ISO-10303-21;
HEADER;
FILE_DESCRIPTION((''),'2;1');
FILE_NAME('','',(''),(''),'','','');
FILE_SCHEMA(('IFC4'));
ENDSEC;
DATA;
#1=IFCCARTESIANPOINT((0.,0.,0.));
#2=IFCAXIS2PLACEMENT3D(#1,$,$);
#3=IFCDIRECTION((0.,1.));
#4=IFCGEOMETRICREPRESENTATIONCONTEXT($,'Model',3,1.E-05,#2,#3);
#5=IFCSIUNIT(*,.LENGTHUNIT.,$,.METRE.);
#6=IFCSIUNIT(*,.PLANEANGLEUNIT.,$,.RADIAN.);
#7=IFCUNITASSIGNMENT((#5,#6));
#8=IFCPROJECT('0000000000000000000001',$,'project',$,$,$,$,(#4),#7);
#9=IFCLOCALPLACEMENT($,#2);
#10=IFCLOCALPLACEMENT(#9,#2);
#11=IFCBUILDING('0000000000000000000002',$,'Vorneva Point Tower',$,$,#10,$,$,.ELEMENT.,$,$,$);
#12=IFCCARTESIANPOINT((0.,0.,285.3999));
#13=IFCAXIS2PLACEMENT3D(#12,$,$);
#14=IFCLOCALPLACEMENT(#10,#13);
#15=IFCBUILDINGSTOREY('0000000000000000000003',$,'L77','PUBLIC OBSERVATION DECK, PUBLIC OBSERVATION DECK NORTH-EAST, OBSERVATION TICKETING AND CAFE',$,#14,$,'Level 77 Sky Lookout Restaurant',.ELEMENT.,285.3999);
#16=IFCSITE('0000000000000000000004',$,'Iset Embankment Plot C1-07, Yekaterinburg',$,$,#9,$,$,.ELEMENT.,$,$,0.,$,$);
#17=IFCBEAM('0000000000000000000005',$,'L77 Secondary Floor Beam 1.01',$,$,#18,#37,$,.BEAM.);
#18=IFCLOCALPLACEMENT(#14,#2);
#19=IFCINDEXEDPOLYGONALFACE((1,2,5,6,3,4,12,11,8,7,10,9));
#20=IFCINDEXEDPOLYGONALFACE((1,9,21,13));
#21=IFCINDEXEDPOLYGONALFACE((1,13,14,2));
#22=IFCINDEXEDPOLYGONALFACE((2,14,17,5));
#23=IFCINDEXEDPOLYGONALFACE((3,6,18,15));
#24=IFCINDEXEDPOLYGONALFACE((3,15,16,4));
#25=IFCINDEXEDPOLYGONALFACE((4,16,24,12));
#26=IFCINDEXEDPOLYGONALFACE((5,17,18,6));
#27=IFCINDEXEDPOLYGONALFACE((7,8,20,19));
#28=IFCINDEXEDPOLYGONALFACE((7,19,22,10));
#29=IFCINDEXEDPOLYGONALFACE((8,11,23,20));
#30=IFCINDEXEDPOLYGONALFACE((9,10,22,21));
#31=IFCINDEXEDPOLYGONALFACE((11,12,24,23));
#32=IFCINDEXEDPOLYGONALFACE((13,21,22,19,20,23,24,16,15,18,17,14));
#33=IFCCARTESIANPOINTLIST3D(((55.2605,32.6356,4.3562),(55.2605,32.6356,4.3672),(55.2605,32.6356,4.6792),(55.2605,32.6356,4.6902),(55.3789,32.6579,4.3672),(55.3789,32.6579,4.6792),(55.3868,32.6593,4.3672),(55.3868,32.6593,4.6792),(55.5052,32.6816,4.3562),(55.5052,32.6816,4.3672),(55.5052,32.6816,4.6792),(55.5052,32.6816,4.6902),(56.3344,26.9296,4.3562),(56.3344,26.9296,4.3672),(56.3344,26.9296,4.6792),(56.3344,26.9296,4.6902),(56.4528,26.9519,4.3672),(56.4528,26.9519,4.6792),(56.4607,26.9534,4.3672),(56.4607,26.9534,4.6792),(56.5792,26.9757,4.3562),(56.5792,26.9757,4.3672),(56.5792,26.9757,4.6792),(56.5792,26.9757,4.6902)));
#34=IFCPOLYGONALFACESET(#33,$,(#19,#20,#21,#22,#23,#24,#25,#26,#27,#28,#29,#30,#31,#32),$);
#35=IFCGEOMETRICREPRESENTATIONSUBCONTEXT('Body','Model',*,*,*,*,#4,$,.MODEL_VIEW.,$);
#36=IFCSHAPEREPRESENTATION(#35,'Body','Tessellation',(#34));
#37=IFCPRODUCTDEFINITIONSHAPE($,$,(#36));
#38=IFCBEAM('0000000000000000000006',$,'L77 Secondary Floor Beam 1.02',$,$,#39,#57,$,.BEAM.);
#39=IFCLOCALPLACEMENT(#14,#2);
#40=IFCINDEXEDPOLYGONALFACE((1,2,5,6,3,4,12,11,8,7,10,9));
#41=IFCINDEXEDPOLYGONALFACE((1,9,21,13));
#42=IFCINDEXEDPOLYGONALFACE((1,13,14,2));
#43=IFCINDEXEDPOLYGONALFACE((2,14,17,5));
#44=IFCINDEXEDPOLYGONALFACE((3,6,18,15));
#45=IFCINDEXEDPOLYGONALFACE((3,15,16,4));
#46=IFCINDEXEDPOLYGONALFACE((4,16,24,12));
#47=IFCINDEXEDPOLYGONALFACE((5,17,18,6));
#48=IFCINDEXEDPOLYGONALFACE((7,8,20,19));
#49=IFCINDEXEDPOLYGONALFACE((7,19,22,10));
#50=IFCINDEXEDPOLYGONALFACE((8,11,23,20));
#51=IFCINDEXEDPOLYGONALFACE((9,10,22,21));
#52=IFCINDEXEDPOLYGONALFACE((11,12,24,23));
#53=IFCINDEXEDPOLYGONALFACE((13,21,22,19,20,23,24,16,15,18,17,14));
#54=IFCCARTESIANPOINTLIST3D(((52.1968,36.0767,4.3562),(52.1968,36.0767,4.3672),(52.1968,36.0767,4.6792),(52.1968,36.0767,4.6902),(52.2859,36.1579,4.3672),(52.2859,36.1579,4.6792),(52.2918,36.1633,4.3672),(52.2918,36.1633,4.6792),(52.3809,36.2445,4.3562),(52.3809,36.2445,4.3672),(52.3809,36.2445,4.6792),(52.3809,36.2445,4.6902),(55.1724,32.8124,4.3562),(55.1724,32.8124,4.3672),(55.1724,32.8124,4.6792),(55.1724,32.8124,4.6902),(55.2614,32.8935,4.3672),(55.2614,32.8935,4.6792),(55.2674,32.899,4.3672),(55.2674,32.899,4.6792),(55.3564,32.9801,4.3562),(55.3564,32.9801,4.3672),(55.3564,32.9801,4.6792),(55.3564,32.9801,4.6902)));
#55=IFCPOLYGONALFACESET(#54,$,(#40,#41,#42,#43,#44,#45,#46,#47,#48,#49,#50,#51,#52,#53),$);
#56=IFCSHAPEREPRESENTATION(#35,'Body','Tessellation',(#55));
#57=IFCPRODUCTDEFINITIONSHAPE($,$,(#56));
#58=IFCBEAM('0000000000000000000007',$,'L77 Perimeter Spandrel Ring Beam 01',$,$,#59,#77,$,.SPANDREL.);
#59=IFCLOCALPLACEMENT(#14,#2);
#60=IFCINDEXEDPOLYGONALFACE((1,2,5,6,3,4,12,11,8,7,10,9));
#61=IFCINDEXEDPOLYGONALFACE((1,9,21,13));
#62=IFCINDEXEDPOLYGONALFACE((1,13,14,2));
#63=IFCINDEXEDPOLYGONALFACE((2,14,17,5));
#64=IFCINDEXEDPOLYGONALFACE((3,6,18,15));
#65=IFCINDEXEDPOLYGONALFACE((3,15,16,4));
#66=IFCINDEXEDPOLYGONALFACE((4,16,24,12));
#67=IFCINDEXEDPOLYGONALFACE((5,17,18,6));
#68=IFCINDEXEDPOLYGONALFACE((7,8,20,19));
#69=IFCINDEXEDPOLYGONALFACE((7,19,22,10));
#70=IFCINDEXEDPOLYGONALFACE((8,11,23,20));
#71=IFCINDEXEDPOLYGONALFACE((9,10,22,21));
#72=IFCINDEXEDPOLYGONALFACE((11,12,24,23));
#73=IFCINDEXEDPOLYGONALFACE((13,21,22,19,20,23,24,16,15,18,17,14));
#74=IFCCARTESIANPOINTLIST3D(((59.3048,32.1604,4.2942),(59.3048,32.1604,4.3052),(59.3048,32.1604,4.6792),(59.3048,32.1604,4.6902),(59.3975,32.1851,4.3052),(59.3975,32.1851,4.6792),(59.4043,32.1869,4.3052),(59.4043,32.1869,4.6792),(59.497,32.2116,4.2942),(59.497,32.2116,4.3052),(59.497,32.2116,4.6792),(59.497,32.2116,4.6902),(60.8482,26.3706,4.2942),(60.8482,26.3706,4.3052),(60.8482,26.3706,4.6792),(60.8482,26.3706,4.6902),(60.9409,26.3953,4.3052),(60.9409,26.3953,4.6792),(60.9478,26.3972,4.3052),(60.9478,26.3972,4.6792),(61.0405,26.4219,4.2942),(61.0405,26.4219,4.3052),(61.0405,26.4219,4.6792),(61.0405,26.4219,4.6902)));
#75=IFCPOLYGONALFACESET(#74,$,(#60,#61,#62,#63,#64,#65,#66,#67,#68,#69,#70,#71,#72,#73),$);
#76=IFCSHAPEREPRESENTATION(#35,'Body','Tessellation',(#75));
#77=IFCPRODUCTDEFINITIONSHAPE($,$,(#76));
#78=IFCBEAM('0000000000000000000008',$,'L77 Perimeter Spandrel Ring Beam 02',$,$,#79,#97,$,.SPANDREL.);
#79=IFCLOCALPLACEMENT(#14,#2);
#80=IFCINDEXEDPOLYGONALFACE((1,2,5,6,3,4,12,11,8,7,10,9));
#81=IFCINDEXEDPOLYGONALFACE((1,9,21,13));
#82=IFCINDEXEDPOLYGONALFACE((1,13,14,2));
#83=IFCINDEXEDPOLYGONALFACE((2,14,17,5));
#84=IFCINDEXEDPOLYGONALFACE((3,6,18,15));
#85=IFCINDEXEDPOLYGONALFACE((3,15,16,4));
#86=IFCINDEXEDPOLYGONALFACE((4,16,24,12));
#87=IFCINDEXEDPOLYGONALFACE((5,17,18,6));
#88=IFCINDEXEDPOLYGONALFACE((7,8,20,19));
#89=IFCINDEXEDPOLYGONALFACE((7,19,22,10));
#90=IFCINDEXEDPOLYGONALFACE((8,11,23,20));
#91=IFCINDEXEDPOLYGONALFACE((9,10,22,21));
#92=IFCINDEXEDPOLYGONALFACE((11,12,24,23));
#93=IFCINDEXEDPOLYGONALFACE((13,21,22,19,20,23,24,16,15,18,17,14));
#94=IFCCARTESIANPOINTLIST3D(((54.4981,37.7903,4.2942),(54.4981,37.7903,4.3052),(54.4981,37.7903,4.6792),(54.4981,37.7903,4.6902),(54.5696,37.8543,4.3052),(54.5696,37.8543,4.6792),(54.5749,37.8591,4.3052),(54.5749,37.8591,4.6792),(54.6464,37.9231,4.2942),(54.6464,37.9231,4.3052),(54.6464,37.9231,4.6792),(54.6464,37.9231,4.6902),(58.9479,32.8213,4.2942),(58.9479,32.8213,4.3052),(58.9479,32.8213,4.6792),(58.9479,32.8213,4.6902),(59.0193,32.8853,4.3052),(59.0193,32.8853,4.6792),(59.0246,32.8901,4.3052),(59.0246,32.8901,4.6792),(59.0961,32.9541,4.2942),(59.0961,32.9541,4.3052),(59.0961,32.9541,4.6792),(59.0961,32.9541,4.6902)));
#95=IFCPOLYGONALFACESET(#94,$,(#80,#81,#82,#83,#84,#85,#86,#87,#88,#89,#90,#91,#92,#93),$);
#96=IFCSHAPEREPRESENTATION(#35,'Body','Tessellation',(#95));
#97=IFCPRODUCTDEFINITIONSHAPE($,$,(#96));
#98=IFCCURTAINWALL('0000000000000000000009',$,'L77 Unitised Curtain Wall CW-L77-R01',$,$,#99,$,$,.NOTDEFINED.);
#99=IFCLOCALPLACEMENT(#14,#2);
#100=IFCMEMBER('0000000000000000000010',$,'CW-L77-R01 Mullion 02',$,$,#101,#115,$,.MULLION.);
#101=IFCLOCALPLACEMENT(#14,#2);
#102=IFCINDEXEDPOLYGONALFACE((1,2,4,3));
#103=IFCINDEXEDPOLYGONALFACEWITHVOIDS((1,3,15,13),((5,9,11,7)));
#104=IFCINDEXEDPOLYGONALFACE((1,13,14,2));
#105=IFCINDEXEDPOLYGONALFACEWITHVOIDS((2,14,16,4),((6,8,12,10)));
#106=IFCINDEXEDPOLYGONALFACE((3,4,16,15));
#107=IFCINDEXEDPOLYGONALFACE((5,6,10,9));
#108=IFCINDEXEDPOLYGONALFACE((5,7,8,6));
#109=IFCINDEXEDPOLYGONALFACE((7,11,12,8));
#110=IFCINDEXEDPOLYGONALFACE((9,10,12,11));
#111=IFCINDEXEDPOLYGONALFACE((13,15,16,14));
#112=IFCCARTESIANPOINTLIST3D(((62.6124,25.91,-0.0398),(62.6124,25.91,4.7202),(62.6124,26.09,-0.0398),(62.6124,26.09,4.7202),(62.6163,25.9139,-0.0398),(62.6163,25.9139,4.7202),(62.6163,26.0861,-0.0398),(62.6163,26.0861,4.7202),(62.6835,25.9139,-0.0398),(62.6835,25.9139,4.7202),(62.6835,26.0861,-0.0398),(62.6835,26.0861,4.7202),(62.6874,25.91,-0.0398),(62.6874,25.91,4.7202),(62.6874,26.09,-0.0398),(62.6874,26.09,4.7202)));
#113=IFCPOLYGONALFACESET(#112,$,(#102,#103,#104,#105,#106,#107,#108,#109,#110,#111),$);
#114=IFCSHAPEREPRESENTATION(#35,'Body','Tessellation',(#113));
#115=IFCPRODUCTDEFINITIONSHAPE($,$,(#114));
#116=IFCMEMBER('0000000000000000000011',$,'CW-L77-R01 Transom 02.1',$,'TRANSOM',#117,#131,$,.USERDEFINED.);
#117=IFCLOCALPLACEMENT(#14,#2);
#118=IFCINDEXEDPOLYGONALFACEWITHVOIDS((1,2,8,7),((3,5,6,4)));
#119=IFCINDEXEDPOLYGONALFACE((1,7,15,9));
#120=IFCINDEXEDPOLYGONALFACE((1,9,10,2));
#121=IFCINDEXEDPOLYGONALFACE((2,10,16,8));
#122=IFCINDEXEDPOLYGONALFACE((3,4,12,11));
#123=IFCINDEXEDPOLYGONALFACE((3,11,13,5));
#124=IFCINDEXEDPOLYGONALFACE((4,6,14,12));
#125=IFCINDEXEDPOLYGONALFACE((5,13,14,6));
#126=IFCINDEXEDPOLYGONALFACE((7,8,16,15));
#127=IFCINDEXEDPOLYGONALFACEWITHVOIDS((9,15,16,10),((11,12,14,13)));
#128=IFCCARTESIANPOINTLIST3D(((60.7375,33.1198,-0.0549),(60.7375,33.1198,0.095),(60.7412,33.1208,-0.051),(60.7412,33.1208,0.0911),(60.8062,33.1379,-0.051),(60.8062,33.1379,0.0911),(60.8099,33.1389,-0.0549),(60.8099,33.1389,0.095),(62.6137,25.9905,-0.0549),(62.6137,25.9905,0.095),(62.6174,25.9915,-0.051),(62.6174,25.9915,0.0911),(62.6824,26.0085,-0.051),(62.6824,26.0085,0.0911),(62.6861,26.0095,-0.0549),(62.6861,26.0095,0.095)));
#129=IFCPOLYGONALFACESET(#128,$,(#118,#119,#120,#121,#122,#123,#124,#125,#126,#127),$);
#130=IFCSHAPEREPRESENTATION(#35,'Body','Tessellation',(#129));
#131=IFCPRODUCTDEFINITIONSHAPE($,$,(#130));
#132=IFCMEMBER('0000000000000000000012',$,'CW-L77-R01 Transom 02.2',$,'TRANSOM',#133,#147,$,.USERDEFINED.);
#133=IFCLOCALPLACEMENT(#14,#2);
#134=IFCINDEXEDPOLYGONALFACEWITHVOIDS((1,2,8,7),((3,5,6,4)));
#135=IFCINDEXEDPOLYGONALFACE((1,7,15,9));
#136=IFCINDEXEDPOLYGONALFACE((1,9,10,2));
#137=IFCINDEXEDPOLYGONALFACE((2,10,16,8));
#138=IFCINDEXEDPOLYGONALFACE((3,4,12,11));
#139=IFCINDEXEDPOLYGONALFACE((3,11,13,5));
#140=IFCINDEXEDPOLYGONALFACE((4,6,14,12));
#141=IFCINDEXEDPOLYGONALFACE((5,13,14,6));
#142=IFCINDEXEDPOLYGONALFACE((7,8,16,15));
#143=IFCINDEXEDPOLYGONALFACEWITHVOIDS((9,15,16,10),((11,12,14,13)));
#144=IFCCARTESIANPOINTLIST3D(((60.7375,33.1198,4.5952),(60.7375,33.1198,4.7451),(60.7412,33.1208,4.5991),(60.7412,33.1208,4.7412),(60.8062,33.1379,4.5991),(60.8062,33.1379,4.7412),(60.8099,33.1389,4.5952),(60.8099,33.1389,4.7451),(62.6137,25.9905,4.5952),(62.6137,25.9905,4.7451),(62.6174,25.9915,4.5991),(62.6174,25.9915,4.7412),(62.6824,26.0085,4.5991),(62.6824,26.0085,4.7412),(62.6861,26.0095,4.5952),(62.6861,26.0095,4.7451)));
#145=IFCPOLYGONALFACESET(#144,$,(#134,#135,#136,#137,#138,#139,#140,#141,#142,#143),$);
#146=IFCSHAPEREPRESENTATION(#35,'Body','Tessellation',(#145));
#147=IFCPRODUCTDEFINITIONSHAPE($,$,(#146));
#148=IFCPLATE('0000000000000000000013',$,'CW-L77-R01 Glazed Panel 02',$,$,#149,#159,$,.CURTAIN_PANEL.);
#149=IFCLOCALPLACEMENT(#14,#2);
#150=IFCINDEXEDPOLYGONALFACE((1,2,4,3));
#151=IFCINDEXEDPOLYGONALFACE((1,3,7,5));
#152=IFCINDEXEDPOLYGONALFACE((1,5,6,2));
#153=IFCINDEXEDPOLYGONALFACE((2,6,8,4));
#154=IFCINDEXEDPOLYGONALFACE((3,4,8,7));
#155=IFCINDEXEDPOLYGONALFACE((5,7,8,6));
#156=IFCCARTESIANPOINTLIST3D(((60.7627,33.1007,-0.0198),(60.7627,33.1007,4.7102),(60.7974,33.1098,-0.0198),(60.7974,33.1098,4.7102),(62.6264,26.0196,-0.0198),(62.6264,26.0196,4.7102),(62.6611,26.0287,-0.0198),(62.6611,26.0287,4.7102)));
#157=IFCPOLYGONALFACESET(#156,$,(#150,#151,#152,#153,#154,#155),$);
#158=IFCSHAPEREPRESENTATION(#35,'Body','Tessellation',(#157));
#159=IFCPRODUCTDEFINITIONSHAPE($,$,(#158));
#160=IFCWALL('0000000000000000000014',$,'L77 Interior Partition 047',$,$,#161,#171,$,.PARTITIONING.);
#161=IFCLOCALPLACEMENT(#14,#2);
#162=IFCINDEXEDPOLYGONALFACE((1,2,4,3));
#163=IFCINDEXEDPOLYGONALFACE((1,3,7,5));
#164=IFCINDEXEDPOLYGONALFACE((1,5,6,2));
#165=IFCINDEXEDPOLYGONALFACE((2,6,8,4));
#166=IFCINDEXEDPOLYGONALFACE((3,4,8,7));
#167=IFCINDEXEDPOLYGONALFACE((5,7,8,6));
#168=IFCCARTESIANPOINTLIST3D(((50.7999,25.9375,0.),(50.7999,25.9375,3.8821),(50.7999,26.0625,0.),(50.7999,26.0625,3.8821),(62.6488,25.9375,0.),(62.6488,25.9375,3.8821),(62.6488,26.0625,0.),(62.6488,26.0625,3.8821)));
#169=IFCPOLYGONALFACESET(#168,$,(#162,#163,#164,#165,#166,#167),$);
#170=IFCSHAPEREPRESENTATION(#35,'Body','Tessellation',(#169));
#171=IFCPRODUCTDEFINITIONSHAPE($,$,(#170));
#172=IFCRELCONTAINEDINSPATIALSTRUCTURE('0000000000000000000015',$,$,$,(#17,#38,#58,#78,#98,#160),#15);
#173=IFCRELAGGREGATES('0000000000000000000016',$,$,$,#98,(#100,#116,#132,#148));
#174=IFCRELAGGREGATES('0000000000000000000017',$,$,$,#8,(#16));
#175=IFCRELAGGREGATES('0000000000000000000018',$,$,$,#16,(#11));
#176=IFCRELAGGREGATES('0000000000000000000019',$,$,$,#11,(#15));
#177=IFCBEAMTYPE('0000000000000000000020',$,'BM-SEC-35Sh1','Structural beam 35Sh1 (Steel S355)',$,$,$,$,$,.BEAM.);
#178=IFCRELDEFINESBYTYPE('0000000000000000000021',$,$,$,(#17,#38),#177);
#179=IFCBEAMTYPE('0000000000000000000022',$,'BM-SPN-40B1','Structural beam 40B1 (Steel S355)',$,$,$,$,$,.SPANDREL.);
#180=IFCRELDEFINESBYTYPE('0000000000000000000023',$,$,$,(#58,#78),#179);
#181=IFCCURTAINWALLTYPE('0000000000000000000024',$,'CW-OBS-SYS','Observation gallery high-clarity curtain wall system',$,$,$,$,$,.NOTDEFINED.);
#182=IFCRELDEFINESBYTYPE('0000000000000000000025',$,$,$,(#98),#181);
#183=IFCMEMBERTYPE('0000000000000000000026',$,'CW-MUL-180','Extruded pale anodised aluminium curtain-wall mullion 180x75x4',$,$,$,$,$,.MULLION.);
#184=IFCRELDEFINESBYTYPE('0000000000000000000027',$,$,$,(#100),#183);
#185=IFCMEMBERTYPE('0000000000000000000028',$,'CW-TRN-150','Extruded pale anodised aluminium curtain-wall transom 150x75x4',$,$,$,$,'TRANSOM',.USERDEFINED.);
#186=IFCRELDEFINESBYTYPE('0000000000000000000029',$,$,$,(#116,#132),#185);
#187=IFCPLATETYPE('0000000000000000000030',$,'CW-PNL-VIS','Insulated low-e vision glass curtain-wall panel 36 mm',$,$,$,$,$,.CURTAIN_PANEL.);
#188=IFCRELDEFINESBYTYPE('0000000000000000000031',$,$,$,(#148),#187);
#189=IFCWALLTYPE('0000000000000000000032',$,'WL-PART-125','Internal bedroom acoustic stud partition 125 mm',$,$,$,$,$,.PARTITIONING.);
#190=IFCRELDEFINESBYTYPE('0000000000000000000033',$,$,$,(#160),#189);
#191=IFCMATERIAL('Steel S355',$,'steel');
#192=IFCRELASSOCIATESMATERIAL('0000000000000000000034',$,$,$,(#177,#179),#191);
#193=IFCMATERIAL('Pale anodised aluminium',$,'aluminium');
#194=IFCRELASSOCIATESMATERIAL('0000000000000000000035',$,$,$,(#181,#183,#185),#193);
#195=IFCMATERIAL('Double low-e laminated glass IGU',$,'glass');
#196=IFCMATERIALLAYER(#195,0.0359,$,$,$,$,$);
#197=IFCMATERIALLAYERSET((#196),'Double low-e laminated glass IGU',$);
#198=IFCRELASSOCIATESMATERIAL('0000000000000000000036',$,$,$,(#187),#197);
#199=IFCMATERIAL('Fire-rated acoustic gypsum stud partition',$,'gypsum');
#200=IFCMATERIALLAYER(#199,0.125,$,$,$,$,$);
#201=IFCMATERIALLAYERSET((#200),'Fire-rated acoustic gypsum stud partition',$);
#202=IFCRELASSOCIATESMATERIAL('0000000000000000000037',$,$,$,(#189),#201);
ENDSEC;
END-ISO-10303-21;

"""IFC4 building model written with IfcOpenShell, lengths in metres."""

from ifc_helpers import new_model, si_unit, direction, frame, frame_2d, origin, origin_2d, place, context, subcontext, project, spatial, rectangle, hollow_rectangle, i_section, extrude, material, layer, layer_set, material_profile, profile_set, type_object, element, aggregate, save


model = new_model("IFC4")

# Units and contexts
model_context = context("Model", 3, precision=1e-05, world=origin(), true_north=direction((0.0, 1.0)))
body_context = subcontext(model_context, "Body", "Model", "MODEL_VIEW")
ifc_project = project(units=[si_unit("LENGTHUNIT", "METRE"), si_unit("PLANEANGLEUNIT", "RADIAN")], contexts=[model_context])

# Site, building, storey
site_placement = place(None, origin())
site = spatial("IfcSite", under=ifc_project, at=site_placement, Name="Iset Embankment Plot C1-07, Yekaterinburg", CompositionType="ELEMENT", RefElevation=0.0)
building_placement = place(site_placement, origin())
building = spatial("IfcBuilding", under=site, at=building_placement, Name="Vorneva Point Tower", CompositionType="ELEMENT")
storey_placement = place(building_placement, frame((0.0, 0.0, 285.3999)))
storey = spatial("IfcBuildingStorey", under=building, at=storey_placement, Name="L77", Description="PUBLIC OBSERVATION DECK, PUBLIC OBSERVATION DECK NORTH-EAST, OBSERVATION TICKETING AND CAFE", LongName="Level 77 Sky Lookout Restaurant", CompositionType="ELEMENT", Elevation=285.3999)

# Beams
ifc_material_1 = material(Name="Steel S355", Category="steel")
ifc_material_profile_1 = material_profile(ifc_material_1, i_section(OverallWidth=0.249, OverallDepth=0.334, WebThickness=0.0081, FlangeThickness=0.011, at=origin_2d()), Name="35Sh1")
ifc_profile_set_1 = profile_set([ifc_material_profile_1], Name="Steel S355")
beam_type_1 = type_object("IfcBeamType", Name="BM-SEC-35Sh1", Description="Structural beam 35Sh1 (Steel S355)", PredefinedType="BEAM", material=ifc_profile_set_1)
beam_1_placement = place(storey_placement, frame((56.4568, 26.9526, 4.5232), z_axis=(-0.184969, 0.982744, 0.0), x_axis=(-0.982744, -0.184969, 0.0)))
element("IfcBeam", 1, at=beam_1_placement, inside=storey, type_object=beam_type_1, Name="L77 Secondary Floor Beam 1.01", PredefinedType="BEAM", context=body_context, shape_type="SweptSolid", body=[
    extrude(i_section(OverallWidth=0.249, OverallDepth=0.334, WebThickness=0.0081, FlangeThickness=0.011, at=origin_2d()), origin(), (0.0, 0.0, 1.0), 5.8062),
])
beam_2_placement = place(storey_placement, frame((55.2644, 32.8962, 4.5232), z_axis=(-0.673657, 0.739044, 0.0), x_axis=(-0.739044, -0.673657, 0.0)))
element("IfcBeam", 2, at=beam_2_placement, inside=storey, type_object=beam_type_1, Name="L77 Secondary Floor Beam 1.02", PredefinedType="BEAM", context=body_context, shape_type="SweptSolid", body=[
    extrude(i_section(OverallWidth=0.249, OverallDepth=0.334, WebThickness=0.0081, FlangeThickness=0.011, at=origin_2d()), origin(), (0.0, 0.0, 1.0), 4.417),
])
ifc_material_profile_2 = material_profile(ifc_material_1, i_section(OverallWidth=0.199, OverallDepth=0.396, WebThickness=0.0071, FlangeThickness=0.011, at=origin_2d()), Name="40B1")
ifc_profile_set_2 = profile_set([ifc_material_profile_2], Name="Steel S355")
beam_type_2 = type_object("IfcBeamType", Name="BM-SPN-40B1", Description="Structural beam 40B1 (Steel S355)", PredefinedType="SPANDREL", material=ifc_profile_set_2)
beam_3_placement = place(storey_placement, frame((60.9443, 26.3962, 4.4922), z_axis=(-0.257587, 0.966255, 0.0), x_axis=(-0.966255, -0.257587, 0.0)))
element("IfcBeam", 3, at=beam_3_placement, inside=storey, type_object=beam_type_2, Name="L77 Perimeter Spandrel Ring Beam 01", PredefinedType="SPANDREL", context=body_context, shape_type="SweptSolid", body=[
    extrude(i_section(OverallWidth=0.199, OverallDepth=0.396, WebThickness=0.0071, FlangeThickness=0.011, at=origin_2d()), origin(), (0.0, 0.0, 1.0), 5.9919),
])
beam_4_placement = place(storey_placement, frame((59.022, 32.8877, 4.4922), z_axis=(-0.667108, 0.744961, 0.0), x_axis=(-0.744961, -0.667108, 0.0)))
element("IfcBeam", 4, at=beam_4_placement, inside=storey, type_object=beam_type_2, Name="L77 Perimeter Spandrel Ring Beam 02", PredefinedType="SPANDREL", context=body_context, shape_type="SweptSolid", body=[
    extrude(i_section(OverallWidth=0.199, OverallDepth=0.396, WebThickness=0.0071, FlangeThickness=0.011, at=origin_2d()), origin(), (0.0, 0.0, 1.0), 6.6702),
])

# Curtain wall, members, plate
ifc_material_2 = material(Name="Pale anodised aluminium", Category="aluminium")
curtain_wall_type = type_object("IfcCurtainWallType", Name="CW-OBS-SYS", Description="Observation gallery high-clarity curtain wall system", PredefinedType="NOTDEFINED", material=ifc_material_2)
curtain_wall_placement = place(storey_placement, origin())
curtain_wall = element("IfcCurtainWall", 5, at=curtain_wall_placement, inside=storey, type_object=curtain_wall_type, Name="L77 Unitised Curtain Wall CW-L77-R01", PredefinedType="NOTDEFINED")
ifc_material_profile_3 = material_profile(ifc_material_2, hollow_rectangle(XDim=0.075, YDim=0.1799, WallThickness=0.0039, at=origin_2d()), Name="AL-MUL 180x75x4")
ifc_profile_set_3 = profile_set([ifc_material_profile_3], Name="Pale anodised aluminium")
member_type_1 = type_object("IfcMemberType", Name="CW-MUL-180", Description="Extruded pale anodised aluminium curtain-wall mullion 180x75x4", PredefinedType="MULLION", material=ifc_profile_set_3)
member_1_placement = place(storey_placement, frame((62.6499, 26.0, -0.0398), z_axis=(0.0, 0.0, 1.0), x_axis=(1.0, 0.0, 0.0)))
member_1 = element("IfcMember", 6, at=member_1_placement, type_object=member_type_1, Name="CW-L77-R01 Mullion 02", PredefinedType="MULLION", context=body_context, shape_type="SweptSolid", body=[
    extrude(hollow_rectangle(XDim=0.075, YDim=0.1799, WallThickness=0.0039, at=origin_2d()), origin(), (0.0, 0.0, 1.0), 4.76),
])
ifc_material_profile_4 = material_profile(ifc_material_2, hollow_rectangle(XDim=0.075, YDim=0.1499, WallThickness=0.0039, at=origin_2d()), Name="AL-TRN 150x75x4")
ifc_profile_set_4 = profile_set([ifc_material_profile_4], Name="Pale anodised aluminium")
member_type_2 = type_object("IfcMemberType", Name="CW-TRN-150", Description="Extruded pale anodised aluminium curtain-wall transom 150x75x4", ElementType="TRANSOM", PredefinedType="USERDEFINED", material=ifc_profile_set_4)
member_2_placement = place(storey_placement, frame((62.6499, 26.0, 0.02), z_axis=(-0.254501, 0.967072, 0.0), x_axis=(-0.967072, -0.254501, 0.0)))
member_2 = element("IfcMember", 7, at=member_2_placement, type_object=member_type_2, Name="CW-L77-R01 Transom 02.1", ObjectType="TRANSOM", PredefinedType="USERDEFINED", context=body_context, shape_type="SweptSolid", body=[
    extrude(hollow_rectangle(XDim=0.075, YDim=0.1499, WallThickness=0.0039, at=origin_2d()), origin(), (0.0, 0.0, 1.0), 7.3721),
])
member_3_placement = place(storey_placement, frame((62.6499, 26.0, 4.6702), z_axis=(-0.254501, 0.967072, 0.0), x_axis=(-0.967072, -0.254501, 0.0)))
member_3 = element("IfcMember", 8, at=member_3_placement, type_object=member_type_2, Name="CW-L77-R01 Transom 02.2", ObjectType="TRANSOM", PredefinedType="USERDEFINED", context=body_context, shape_type="SweptSolid", body=[
    extrude(hollow_rectangle(XDim=0.075, YDim=0.1499, WallThickness=0.0039, at=origin_2d()), origin(), (0.0, 0.0, 1.0), 7.3721),
])
ifc_material_3 = material(Name="Double low-e laminated glass IGU", Category="glass")
ifc_layer_1 = layer(ifc_material_3, 0.0359)
ifc_layer_set_1 = layer_set([ifc_layer_1], Name="Double low-e laminated glass IGU")
plate_type = type_object("IfcPlateType", Name="CW-PNL-VIS", Description="Insulated low-e vision glass curtain-wall panel 36 mm", PredefinedType="CURTAIN_PANEL", material=ifc_layer_set_1)
plate_placement = place(storey_placement, frame((61.7119, 29.5647, -0.0198), z_axis=(0.0, 0.0, 1.0), x_axis=(-0.254518, 0.967068, 0.0)))
plate = element("IfcPlate", 9, at=plate_placement, type_object=plate_type, Name="CW-L77-R01 Glazed Panel 02", PredefinedType="CURTAIN_PANEL", context=body_context, shape_type="SweptSolid", body=[
    extrude(rectangle(XDim=7.3223, YDim=0.0359, at=origin_2d()), origin(), (0.0, 0.0, 1.0), 4.73),
])
aggregate(curtain_wall, [member_1, member_2, member_3, plate])

# Wall
ifc_material_4 = material(Name="Fire-rated acoustic gypsum stud partition", Category="gypsum")
ifc_layer_2 = layer(ifc_material_4, 0.125)
ifc_layer_set_2 = layer_set([ifc_layer_2], Name="Fire-rated acoustic gypsum stud partition")
wall_type_1 = type_object("IfcWallType", Name="WL-PART-125", Description="Internal bedroom acoustic stud partition 125 mm", PredefinedType="PARTITIONING", material=ifc_layer_set_2)
wall_1_placement = place(storey_placement, frame((50.8, 26.0, 0.0), z_axis=(0.0, 0.0, 1.0), x_axis=(1.0, 0.0, 0.0)))
element("IfcWall", 10, at=wall_1_placement, inside=storey, type_object=wall_type_1, Name="L77 Interior Partition 047", PredefinedType="PARTITIONING", context=body_context, shape_type="SweptSolid", body=[
    extrude(rectangle(XDim=11.8489, YDim=0.125, at=frame_2d((5.9243, 0.0))), origin(), (0.0, 0.0, 1.0), 3.8821),
])

save(model, "model.ifc")
